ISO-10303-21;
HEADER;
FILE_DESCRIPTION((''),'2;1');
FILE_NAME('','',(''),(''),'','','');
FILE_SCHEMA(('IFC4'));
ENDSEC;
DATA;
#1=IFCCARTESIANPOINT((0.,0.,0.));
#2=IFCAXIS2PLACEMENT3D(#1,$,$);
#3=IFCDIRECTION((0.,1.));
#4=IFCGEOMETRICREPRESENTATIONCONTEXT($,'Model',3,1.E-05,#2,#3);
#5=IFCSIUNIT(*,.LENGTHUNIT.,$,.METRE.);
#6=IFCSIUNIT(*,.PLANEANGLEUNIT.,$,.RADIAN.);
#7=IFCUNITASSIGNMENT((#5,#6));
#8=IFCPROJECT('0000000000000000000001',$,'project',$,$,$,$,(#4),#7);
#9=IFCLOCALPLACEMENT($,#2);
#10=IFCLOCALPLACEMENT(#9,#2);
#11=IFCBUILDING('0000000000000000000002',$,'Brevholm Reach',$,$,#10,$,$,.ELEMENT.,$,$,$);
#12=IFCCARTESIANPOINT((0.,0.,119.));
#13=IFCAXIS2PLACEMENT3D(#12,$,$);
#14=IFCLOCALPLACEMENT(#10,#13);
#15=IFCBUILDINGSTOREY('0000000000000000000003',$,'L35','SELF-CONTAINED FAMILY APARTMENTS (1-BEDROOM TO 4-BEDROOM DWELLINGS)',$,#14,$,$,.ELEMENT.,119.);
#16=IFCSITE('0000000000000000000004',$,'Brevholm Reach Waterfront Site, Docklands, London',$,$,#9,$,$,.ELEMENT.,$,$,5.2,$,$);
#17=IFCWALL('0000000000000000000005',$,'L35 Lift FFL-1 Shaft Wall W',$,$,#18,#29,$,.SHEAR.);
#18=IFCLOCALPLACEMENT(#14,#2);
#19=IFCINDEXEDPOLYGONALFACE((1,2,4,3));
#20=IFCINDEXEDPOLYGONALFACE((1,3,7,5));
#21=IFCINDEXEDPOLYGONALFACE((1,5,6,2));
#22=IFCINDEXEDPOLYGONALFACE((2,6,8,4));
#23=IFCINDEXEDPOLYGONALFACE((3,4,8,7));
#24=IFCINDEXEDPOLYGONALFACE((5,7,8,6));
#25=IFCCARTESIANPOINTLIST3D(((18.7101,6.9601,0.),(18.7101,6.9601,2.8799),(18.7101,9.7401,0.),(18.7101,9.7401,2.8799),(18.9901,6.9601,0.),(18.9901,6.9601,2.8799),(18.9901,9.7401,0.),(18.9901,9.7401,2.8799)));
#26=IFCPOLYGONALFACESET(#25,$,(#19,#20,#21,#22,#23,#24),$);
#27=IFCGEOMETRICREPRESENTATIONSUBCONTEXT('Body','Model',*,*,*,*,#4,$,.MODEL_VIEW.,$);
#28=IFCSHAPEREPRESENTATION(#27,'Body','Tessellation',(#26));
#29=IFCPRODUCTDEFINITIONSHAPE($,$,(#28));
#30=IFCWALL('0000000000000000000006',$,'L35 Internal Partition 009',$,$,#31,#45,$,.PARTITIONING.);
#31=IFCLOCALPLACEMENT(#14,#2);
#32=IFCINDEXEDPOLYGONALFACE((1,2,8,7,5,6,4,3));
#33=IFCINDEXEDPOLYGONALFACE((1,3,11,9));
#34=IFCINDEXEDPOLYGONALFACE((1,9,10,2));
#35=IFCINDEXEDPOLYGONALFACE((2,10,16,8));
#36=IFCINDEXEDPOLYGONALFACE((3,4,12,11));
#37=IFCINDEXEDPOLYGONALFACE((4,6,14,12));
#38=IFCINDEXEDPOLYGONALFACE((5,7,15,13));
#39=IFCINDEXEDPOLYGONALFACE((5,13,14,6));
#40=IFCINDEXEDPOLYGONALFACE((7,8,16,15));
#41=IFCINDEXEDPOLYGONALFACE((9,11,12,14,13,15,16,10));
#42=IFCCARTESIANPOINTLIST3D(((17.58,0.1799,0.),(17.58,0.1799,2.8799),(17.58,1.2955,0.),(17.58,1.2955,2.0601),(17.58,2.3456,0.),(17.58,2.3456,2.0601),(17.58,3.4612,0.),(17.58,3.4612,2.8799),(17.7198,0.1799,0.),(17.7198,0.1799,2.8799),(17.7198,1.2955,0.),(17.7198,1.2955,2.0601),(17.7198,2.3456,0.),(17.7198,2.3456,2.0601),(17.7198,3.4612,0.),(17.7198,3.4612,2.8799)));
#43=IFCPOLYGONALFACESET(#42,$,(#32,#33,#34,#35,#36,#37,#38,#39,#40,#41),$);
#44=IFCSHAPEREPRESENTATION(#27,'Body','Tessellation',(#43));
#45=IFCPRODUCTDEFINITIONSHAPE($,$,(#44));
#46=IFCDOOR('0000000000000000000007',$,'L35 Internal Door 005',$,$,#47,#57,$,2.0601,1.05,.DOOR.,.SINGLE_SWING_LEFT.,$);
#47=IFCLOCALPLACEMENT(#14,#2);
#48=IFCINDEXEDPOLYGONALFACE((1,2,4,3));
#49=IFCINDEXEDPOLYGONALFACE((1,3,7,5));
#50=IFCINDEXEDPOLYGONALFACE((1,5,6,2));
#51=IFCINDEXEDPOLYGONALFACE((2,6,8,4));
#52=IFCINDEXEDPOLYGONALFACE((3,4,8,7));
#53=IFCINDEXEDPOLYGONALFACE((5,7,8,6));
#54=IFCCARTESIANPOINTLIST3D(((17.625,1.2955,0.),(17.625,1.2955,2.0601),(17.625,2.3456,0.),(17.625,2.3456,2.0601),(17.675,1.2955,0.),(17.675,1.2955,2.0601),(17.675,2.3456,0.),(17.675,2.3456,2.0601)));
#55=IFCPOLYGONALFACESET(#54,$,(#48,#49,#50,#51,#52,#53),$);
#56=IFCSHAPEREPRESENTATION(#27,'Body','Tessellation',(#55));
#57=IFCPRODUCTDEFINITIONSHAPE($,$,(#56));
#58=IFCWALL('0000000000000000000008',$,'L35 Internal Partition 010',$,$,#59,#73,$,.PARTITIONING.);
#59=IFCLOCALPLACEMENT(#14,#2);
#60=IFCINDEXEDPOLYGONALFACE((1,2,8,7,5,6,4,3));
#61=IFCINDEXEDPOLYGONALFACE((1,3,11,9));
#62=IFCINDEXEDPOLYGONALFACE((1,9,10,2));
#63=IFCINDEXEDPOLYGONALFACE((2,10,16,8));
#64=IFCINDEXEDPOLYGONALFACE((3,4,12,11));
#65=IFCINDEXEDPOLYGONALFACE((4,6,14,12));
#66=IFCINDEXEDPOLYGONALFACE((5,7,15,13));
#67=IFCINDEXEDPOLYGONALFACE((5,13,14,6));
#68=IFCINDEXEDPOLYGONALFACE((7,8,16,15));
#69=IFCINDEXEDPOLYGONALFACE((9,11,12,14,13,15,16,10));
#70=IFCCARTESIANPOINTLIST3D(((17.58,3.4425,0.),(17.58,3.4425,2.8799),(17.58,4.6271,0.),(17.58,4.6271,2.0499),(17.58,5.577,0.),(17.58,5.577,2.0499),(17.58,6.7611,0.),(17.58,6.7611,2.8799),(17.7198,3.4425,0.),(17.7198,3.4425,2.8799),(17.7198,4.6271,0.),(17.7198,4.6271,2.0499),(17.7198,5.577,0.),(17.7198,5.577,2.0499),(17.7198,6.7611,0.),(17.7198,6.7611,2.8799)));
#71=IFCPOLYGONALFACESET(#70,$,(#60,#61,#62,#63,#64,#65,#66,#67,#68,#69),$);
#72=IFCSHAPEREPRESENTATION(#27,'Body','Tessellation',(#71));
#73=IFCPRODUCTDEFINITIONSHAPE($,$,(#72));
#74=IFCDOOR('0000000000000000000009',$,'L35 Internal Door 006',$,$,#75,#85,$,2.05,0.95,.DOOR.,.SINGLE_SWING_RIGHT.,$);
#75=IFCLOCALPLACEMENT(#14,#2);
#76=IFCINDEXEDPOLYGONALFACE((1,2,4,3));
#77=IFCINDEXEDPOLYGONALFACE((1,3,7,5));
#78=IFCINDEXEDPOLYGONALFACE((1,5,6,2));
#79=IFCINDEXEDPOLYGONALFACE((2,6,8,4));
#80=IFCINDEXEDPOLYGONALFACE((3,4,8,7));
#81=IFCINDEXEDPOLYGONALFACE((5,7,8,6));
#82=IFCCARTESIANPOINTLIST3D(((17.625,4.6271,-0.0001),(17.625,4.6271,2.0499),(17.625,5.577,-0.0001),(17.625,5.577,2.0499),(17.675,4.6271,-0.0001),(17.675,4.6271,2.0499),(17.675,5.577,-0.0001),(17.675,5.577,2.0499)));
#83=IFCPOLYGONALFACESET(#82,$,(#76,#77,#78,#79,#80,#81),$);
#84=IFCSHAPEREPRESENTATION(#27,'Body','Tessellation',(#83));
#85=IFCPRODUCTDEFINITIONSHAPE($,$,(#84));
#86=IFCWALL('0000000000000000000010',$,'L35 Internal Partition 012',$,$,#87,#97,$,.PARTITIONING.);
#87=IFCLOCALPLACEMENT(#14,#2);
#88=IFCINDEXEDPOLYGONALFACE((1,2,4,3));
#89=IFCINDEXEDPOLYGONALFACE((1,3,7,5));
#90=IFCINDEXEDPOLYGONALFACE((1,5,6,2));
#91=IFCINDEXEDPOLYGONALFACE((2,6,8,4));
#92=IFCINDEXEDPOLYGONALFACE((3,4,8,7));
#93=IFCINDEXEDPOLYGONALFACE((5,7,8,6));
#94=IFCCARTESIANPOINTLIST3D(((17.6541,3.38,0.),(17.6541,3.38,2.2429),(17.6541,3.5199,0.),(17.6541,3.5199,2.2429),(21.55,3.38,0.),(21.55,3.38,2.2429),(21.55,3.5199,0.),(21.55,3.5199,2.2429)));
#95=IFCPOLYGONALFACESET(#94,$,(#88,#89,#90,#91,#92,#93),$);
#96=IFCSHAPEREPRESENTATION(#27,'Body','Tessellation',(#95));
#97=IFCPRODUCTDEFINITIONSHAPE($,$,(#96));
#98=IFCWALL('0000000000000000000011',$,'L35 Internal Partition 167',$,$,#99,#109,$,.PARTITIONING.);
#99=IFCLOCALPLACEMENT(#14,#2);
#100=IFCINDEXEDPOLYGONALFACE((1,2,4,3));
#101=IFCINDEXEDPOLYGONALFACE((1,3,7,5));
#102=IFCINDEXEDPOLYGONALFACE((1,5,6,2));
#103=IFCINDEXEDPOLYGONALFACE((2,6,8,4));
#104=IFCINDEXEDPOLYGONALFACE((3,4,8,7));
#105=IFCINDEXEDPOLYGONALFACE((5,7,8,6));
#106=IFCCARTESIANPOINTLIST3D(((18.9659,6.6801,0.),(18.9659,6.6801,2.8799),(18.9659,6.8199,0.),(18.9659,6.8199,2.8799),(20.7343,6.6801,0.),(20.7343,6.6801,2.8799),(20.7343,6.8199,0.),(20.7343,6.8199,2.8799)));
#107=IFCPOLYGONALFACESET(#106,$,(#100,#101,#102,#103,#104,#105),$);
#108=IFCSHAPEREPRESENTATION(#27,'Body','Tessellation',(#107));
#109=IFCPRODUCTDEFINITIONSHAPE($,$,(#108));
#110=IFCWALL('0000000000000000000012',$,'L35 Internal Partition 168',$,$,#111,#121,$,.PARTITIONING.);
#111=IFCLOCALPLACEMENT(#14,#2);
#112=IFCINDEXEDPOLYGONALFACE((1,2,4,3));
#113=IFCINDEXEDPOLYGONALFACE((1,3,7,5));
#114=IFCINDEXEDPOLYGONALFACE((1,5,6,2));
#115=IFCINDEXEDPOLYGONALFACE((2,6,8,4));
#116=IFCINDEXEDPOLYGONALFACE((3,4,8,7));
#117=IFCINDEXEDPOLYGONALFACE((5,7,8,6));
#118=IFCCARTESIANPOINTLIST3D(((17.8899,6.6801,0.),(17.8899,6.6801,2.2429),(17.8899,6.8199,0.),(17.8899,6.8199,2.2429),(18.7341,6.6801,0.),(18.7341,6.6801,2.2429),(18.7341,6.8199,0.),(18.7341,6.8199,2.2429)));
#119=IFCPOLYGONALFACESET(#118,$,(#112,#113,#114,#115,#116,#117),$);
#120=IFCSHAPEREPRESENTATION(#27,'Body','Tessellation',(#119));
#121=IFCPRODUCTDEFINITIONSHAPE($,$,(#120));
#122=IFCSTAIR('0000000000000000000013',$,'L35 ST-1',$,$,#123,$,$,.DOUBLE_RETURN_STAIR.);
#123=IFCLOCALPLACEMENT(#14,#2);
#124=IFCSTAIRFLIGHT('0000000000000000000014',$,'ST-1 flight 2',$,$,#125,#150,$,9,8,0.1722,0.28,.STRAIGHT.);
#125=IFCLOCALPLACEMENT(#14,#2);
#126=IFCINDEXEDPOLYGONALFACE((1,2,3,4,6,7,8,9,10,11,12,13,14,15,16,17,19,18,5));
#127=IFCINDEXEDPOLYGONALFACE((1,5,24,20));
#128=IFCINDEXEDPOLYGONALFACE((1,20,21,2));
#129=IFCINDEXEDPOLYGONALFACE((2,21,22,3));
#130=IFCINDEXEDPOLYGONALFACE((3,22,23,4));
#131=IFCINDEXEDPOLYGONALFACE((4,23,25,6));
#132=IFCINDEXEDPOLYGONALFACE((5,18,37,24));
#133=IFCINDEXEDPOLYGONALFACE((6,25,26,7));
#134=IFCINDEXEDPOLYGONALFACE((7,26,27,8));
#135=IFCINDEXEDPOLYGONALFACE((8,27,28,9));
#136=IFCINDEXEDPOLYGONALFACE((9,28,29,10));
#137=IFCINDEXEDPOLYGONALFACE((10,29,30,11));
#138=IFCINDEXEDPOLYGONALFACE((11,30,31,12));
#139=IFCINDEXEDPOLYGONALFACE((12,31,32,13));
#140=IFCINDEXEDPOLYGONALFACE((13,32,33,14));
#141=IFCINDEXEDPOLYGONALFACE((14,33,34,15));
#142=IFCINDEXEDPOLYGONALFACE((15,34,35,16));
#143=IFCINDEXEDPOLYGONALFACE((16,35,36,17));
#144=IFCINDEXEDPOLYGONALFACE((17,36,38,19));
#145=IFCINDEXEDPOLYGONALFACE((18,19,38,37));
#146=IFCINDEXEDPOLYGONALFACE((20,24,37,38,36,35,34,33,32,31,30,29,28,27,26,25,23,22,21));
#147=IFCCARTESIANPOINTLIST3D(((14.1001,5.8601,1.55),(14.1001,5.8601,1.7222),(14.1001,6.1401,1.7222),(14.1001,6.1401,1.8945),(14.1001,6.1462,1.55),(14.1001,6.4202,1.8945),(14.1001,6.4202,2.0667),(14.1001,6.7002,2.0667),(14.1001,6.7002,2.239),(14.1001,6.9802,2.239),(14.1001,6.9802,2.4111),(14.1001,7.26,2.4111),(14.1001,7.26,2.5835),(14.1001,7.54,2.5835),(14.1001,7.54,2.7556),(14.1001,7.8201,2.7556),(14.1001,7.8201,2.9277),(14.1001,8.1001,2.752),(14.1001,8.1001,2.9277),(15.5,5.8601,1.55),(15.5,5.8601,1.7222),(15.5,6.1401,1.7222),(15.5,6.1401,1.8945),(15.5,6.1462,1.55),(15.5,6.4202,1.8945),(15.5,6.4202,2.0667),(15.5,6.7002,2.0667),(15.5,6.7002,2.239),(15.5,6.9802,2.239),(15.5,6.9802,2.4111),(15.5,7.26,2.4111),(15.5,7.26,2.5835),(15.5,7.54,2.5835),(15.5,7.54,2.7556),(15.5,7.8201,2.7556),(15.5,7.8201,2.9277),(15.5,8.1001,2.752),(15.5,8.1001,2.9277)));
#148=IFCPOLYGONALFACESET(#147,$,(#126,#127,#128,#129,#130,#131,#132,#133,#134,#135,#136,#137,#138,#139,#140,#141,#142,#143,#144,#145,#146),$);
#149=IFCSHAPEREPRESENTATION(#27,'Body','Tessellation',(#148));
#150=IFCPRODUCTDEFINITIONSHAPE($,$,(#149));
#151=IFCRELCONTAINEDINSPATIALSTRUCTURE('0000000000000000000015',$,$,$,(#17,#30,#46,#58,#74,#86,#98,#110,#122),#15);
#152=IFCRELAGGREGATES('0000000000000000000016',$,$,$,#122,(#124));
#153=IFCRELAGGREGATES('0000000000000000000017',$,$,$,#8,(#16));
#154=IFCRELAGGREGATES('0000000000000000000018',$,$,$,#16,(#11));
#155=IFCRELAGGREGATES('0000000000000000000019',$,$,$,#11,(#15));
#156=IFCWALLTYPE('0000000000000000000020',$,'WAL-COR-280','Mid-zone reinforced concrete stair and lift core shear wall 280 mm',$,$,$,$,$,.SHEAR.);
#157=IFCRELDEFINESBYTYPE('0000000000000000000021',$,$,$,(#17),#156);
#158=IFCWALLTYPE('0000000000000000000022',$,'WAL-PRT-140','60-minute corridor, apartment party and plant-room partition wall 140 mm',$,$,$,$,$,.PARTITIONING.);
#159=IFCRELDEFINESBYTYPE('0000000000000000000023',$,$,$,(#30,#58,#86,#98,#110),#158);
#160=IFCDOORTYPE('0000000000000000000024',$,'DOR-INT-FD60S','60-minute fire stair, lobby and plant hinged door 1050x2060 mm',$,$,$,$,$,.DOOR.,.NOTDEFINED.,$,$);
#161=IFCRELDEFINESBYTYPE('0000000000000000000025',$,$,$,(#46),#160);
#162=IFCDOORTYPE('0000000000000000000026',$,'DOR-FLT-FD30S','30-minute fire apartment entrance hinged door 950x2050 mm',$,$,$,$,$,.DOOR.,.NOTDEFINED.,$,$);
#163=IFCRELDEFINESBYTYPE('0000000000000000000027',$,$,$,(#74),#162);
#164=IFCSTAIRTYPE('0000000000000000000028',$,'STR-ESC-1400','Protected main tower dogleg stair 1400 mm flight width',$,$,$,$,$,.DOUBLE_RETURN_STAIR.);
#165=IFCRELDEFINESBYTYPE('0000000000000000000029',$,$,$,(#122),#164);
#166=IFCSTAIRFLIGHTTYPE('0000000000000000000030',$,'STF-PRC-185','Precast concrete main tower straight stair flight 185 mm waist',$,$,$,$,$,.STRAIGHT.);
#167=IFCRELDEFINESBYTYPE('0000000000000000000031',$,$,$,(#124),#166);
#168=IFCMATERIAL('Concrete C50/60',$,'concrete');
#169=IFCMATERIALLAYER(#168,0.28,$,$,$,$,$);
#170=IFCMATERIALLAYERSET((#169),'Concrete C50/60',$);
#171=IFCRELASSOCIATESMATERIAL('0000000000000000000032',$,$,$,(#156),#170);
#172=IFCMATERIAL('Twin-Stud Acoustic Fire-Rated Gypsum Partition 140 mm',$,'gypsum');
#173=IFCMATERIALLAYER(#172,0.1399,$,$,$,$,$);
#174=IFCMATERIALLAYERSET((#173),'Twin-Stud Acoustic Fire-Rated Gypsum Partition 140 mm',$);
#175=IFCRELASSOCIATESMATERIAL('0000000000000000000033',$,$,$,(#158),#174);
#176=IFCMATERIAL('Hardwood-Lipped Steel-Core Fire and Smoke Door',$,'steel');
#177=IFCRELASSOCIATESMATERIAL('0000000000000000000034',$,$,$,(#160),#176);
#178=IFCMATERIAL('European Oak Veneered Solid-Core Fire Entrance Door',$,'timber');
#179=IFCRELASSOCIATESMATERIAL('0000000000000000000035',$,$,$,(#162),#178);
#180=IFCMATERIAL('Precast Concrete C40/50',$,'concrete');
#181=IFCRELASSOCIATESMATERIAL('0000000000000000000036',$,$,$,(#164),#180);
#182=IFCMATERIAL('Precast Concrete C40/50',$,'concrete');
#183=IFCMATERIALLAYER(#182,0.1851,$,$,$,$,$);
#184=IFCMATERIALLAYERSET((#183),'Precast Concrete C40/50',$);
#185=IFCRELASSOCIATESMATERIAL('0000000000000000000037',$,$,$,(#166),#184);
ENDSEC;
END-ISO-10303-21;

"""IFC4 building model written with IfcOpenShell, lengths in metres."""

from ifc_helpers import new_model, si_unit, direction, frame, frame_2d, origin, place, context, subcontext, project, spatial, polyline, rectangle, outline, extrude, material, layer, layer_set, type_object, element, fill, aggregate, save


model = new_model("IFC4")

# Units and contexts
model_context = context("Model", 3, precision=1e-05, world=origin(), true_north=direction((0.0, 1.0)))
body_context = subcontext(model_context, "Body", "Model", "MODEL_VIEW")
ifc_project = project(units=[si_unit("LENGTHUNIT", "METRE"), si_unit("PLANEANGLEUNIT", "RADIAN")], contexts=[model_context])

# Site, building, storey
site_placement = place(None, origin())
site = spatial("IfcSite", under=ifc_project, at=site_placement, Name="Brevholm Reach Waterfront Site, Docklands, London", CompositionType="ELEMENT", RefElevation=5.2)
building_placement = place(site_placement, origin())
building = spatial("IfcBuilding", under=site, at=building_placement, Name="Brevholm Reach", CompositionType="ELEMENT")
storey_placement = place(building_placement, frame((0.0, 0.0, 119.0)))
storey = spatial("IfcBuildingStorey", under=building, at=storey_placement, Name="L35", Description="SELF-CONTAINED FAMILY APARTMENTS (1-BEDROOM TO 4-BEDROOM DWELLINGS)", CompositionType="ELEMENT", Elevation=119.0)

# Wall
ifc_material_1 = material(Name="Concrete C50/60", Category="concrete")
ifc_layer_1 = layer(ifc_material_1, 0.28)
ifc_layer_set_1 = layer_set([ifc_layer_1], Name="Concrete C50/60")
wall_type_1 = type_object("IfcWallType", Name="WAL-COR-280", Description="Mid-zone reinforced concrete stair and lift core shear wall 280 mm", PredefinedType="SHEAR", material=ifc_layer_set_1)
wall_1_placement = place(storey_placement, frame((18.8501, 6.96, 0.0), z_axis=(0.0, 0.0, 1.0), x_axis=(0.0, 1.0, 0.0)))
element("IfcWall", 1, at=wall_1_placement, inside=storey, type_object=wall_type_1, Name="L35 Lift FFL-1 Shaft Wall W", PredefinedType="SHEAR", context=body_context, shape_type="SweptSolid", body=[
    extrude(rectangle(XDim=2.78, YDim=0.28, at=frame_2d((1.3901, 0.0))), origin(), (0.0, 0.0, 1.0), 2.8799),
])

# Walls, openings, doors
ifc_material_2 = material(Name="Twin-Stud Acoustic Fire-Rated Gypsum Partition 140 mm", Category="gypsum")
ifc_layer_2 = layer(ifc_material_2, 0.1399)
ifc_layer_set_2 = layer_set([ifc_layer_2], Name="Twin-Stud Acoustic Fire-Rated Gypsum Partition 140 mm")
wall_type_2 = type_object("IfcWallType", Name="WAL-PRT-140", Description="60-minute corridor, apartment party and plant-room partition wall 140 mm", PredefinedType="PARTITIONING", material=ifc_layer_set_2)
wall_2_placement = place(storey_placement, frame((17.6499, 0.1799, 0.0), z_axis=(0.0, 0.0, 1.0), x_axis=(0.0, 1.0, 0.0)))
wall_2 = element("IfcWall", 2, at=wall_2_placement, inside=storey, type_object=wall_type_2, Name="L35 Internal Partition 009", PredefinedType="PARTITIONING", context=body_context, shape_type="SweptSolid", body=[
    extrude(rectangle(XDim=3.2812, YDim=0.1399, at=frame_2d((1.6406, 0.0))), origin(), (0.0, 0.0, 1.0), 2.8799),
])
opening_1_placement = place(wall_2_placement, frame((1.1157, 0.0, 0.0)))
opening_1 = element("IfcOpeningElement", 3, at=opening_1_placement, cuts=wall_2, PredefinedType="OPENING", context=body_context, shape_type="SweptSolid", body=[
    extrude(rectangle(XDim=1.05, YDim=2.0601, at=frame_2d((0.5249, 1.03))), frame((0.0, 0.0798, 0.0), z_axis=(0.0, -1.0, 0.0), x_axis=(1.0, 0.0, 0.0)), (0.0, 0.0, 1.0), 0.1599),
])
ifc_material_3 = material(Name="Hardwood-Lipped Steel-Core Fire and Smoke Door", Category="steel")
door_type_1 = type_object("IfcDoorType", Name="DOR-INT-FD60S", Description="60-minute fire stair, lobby and plant hinged door 1050x2060 mm", OperationType="NOTDEFINED", PredefinedType="DOOR", material=ifc_material_3)
door_1_placement = place(opening_1_placement, origin())
door_1 = element("IfcDoor", 4, at=door_1_placement, inside=storey, type_object=door_type_1, Name="L35 Internal Door 005", OperationType="SINGLE_SWING_LEFT", OverallHeight=2.0601, OverallWidth=1.05, PredefinedType="DOOR", context=body_context, shape_type="SweptSolid", body=[
    extrude(rectangle(XDim=1.05, YDim=2.0601, at=frame_2d((0.5249, 1.03))), frame((0.0, 0.0249, 0.0), z_axis=(0.0, -1.0, 0.0), x_axis=(1.0, 0.0, 0.0)), (0.0, 0.0, 1.0), 0.05),
])
fill(opening_1, door_1)
wall_3_placement = place(storey_placement, frame((17.6499, 3.4426, 0.0), z_axis=(0.0, 0.0, 1.0), x_axis=(0.0, 1.0, 0.0)))
wall_3 = element("IfcWall", 5, at=wall_3_placement, inside=storey, type_object=wall_type_2, Name="L35 Internal Partition 010", PredefinedType="PARTITIONING", context=body_context, shape_type="SweptSolid", body=[
    extrude(rectangle(XDim=3.3186, YDim=0.1399, at=frame_2d((1.6592, 0.0))), origin(), (0.0, 0.0, 1.0), 2.8799),
])
opening_2_placement = place(wall_3_placement, frame((1.1843, 0.0, 0.0)))
opening_2 = element("IfcOpeningElement", 6, at=opening_2_placement, cuts=wall_3, PredefinedType="OPENING", context=body_context, shape_type="SweptSolid", body=[
    extrude(rectangle(XDim=0.95, YDim=2.05, at=frame_2d((0.4751, 1.0249))), frame((0.0, 0.0798, 0.0), z_axis=(0.0, -1.0, 0.0), x_axis=(1.0, 0.0, 0.0)), (0.0, 0.0, 1.0), 0.1599),
])
ifc_material_4 = material(Name="European Oak Veneered Solid-Core Fire Entrance Door", Category="timber")
door_type_2 = type_object("IfcDoorType", Name="DOR-FLT-FD30S", Description="30-minute fire apartment entrance hinged door 950x2050 mm", OperationType="NOTDEFINED", PredefinedType="DOOR", material=ifc_material_4)
door_2_placement = place(opening_2_placement, origin())
door_2 = element("IfcDoor", 7, at=door_2_placement, inside=storey, type_object=door_type_2, Name="L35 Internal Door 006", OperationType="SINGLE_SWING_RIGHT", OverallHeight=2.05, OverallWidth=0.95, PredefinedType="DOOR", context=body_context, shape_type="SweptSolid", body=[
    extrude(rectangle(XDim=0.95, YDim=2.05, at=frame_2d((0.4751, 1.0249))), frame((0.0, 0.0249, 0.0), z_axis=(0.0, -1.0, 0.0), x_axis=(1.0, 0.0, 0.0)), (0.0, 0.0, 1.0), 0.05),
])
fill(opening_2, door_2)

# Walls
wall_4_placement = place(storey_placement, frame((17.6541, 3.45, 0.0), z_axis=(0.0, 0.0, 1.0), x_axis=(1.0, 0.0, 0.0)))
element("IfcWall", 8, at=wall_4_placement, inside=storey, type_object=wall_type_2, Name="L35 Internal Partition 012", PredefinedType="PARTITIONING", context=body_context, shape_type="SweptSolid", body=[
    extrude(rectangle(XDim=3.896, YDim=0.1399, at=frame_2d((1.948, 0.0))), origin(), (0.0, 0.0, 1.0), 2.2429),
])
wall_5_placement = place(storey_placement, frame((18.9658, 6.75, 0.0), z_axis=(0.0, 0.0, 1.0), x_axis=(1.0, 0.0, 0.0)))
element("IfcWall", 9, at=wall_5_placement, inside=storey, type_object=wall_type_2, Name="L35 Internal Partition 167", PredefinedType="PARTITIONING", context=body_context, shape_type="SweptSolid", body=[
    extrude(rectangle(XDim=1.7683, YDim=0.1399, at=frame_2d((0.8843, 0.0))), origin(), (0.0, 0.0, 1.0), 2.8799),
])
wall_6_placement = place(storey_placement, frame((17.8899, 6.75, 0.0), z_axis=(0.0, 0.0, 1.0), x_axis=(1.0, 0.0, 0.0)))
element("IfcWall", 10, at=wall_6_placement, inside=storey, type_object=wall_type_2, Name="L35 Internal Partition 168", PredefinedType="PARTITIONING", context=body_context, shape_type="SweptSolid", body=[
    extrude(rectangle(XDim=0.8442, YDim=0.1399, at=frame_2d((0.4221, 0.0))), origin(), (0.0, 0.0, 1.0), 2.2429),
])

# Stair, stair flight
ifc_material_5 = material(Name="Precast Concrete C40/50", Category="concrete")
stair_type = type_object("IfcStairType", Name="STR-ESC-1400", Description="Protected main tower dogleg stair 1400 mm flight width", PredefinedType="DOUBLE_RETURN_STAIR", material=ifc_material_5)
stair_placement = place(storey_placement, origin())
stair = element("IfcStair", 11, at=stair_placement, inside=storey, type_object=stair_type, Name="L35 ST-1", PredefinedType="DOUBLE_RETURN_STAIR")
ifc_material_6 = material(Name="Precast Concrete C40/50", Category="concrete")
ifc_layer_3 = layer(ifc_material_6, 0.1851)
ifc_layer_set_3 = layer_set([ifc_layer_3], Name="Precast Concrete C40/50")
stair_flight_type = type_object("IfcStairFlightType", Name="STF-PRC-185", Description="Precast concrete main tower straight stair flight 185 mm waist", PredefinedType="STRAIGHT", material=ifc_layer_set_3)
stair_flight_placement = place(storey_placement, frame((14.8, 5.8601, 1.55), z_axis=(0.0, 0.0, 1.0), x_axis=(0.0, 1.0, 0.0)))
stair_flight = element("IfcStairFlight", 12, at=stair_flight_placement, type_object=stair_flight_type, Name="ST-1 flight 2", NumberOfRisers=9, NumberOfTreads=8, PredefinedType="STRAIGHT", RiserHeight=0.1722, TreadLength=0.28, context=body_context, shape_type="SweptSolid", body=[
    extrude(outline(polyline([(0.0, 0.0), (0.0, 0.1721), (0.28, 0.1721), (0.28, 0.3445), (0.5601, 0.3445), (0.5601, 0.5166), (0.8401, 0.5166), (0.8401, 0.689), (1.1201, 0.689), (1.1201, 0.8611), (1.3999, 0.8611), (1.3999, 1.0334), (1.6799, 1.0334), (1.6799, 1.2056), (1.96, 1.2056), (1.96, 1.3777), (2.24, 1.3777), (2.24, 1.55), (2.24, 1.2019), (0.2861, 0.0), (0.0, 0.0)])), frame((0.0, 0.7, 0.0), z_axis=(0.0, -1.0, 0.0), x_axis=(1.0, 0.0, 0.0)), (0.0, 0.0, 1.0), 1.3999),
])
aggregate(stair, [stair_flight])

save(model, "model.ifc")
